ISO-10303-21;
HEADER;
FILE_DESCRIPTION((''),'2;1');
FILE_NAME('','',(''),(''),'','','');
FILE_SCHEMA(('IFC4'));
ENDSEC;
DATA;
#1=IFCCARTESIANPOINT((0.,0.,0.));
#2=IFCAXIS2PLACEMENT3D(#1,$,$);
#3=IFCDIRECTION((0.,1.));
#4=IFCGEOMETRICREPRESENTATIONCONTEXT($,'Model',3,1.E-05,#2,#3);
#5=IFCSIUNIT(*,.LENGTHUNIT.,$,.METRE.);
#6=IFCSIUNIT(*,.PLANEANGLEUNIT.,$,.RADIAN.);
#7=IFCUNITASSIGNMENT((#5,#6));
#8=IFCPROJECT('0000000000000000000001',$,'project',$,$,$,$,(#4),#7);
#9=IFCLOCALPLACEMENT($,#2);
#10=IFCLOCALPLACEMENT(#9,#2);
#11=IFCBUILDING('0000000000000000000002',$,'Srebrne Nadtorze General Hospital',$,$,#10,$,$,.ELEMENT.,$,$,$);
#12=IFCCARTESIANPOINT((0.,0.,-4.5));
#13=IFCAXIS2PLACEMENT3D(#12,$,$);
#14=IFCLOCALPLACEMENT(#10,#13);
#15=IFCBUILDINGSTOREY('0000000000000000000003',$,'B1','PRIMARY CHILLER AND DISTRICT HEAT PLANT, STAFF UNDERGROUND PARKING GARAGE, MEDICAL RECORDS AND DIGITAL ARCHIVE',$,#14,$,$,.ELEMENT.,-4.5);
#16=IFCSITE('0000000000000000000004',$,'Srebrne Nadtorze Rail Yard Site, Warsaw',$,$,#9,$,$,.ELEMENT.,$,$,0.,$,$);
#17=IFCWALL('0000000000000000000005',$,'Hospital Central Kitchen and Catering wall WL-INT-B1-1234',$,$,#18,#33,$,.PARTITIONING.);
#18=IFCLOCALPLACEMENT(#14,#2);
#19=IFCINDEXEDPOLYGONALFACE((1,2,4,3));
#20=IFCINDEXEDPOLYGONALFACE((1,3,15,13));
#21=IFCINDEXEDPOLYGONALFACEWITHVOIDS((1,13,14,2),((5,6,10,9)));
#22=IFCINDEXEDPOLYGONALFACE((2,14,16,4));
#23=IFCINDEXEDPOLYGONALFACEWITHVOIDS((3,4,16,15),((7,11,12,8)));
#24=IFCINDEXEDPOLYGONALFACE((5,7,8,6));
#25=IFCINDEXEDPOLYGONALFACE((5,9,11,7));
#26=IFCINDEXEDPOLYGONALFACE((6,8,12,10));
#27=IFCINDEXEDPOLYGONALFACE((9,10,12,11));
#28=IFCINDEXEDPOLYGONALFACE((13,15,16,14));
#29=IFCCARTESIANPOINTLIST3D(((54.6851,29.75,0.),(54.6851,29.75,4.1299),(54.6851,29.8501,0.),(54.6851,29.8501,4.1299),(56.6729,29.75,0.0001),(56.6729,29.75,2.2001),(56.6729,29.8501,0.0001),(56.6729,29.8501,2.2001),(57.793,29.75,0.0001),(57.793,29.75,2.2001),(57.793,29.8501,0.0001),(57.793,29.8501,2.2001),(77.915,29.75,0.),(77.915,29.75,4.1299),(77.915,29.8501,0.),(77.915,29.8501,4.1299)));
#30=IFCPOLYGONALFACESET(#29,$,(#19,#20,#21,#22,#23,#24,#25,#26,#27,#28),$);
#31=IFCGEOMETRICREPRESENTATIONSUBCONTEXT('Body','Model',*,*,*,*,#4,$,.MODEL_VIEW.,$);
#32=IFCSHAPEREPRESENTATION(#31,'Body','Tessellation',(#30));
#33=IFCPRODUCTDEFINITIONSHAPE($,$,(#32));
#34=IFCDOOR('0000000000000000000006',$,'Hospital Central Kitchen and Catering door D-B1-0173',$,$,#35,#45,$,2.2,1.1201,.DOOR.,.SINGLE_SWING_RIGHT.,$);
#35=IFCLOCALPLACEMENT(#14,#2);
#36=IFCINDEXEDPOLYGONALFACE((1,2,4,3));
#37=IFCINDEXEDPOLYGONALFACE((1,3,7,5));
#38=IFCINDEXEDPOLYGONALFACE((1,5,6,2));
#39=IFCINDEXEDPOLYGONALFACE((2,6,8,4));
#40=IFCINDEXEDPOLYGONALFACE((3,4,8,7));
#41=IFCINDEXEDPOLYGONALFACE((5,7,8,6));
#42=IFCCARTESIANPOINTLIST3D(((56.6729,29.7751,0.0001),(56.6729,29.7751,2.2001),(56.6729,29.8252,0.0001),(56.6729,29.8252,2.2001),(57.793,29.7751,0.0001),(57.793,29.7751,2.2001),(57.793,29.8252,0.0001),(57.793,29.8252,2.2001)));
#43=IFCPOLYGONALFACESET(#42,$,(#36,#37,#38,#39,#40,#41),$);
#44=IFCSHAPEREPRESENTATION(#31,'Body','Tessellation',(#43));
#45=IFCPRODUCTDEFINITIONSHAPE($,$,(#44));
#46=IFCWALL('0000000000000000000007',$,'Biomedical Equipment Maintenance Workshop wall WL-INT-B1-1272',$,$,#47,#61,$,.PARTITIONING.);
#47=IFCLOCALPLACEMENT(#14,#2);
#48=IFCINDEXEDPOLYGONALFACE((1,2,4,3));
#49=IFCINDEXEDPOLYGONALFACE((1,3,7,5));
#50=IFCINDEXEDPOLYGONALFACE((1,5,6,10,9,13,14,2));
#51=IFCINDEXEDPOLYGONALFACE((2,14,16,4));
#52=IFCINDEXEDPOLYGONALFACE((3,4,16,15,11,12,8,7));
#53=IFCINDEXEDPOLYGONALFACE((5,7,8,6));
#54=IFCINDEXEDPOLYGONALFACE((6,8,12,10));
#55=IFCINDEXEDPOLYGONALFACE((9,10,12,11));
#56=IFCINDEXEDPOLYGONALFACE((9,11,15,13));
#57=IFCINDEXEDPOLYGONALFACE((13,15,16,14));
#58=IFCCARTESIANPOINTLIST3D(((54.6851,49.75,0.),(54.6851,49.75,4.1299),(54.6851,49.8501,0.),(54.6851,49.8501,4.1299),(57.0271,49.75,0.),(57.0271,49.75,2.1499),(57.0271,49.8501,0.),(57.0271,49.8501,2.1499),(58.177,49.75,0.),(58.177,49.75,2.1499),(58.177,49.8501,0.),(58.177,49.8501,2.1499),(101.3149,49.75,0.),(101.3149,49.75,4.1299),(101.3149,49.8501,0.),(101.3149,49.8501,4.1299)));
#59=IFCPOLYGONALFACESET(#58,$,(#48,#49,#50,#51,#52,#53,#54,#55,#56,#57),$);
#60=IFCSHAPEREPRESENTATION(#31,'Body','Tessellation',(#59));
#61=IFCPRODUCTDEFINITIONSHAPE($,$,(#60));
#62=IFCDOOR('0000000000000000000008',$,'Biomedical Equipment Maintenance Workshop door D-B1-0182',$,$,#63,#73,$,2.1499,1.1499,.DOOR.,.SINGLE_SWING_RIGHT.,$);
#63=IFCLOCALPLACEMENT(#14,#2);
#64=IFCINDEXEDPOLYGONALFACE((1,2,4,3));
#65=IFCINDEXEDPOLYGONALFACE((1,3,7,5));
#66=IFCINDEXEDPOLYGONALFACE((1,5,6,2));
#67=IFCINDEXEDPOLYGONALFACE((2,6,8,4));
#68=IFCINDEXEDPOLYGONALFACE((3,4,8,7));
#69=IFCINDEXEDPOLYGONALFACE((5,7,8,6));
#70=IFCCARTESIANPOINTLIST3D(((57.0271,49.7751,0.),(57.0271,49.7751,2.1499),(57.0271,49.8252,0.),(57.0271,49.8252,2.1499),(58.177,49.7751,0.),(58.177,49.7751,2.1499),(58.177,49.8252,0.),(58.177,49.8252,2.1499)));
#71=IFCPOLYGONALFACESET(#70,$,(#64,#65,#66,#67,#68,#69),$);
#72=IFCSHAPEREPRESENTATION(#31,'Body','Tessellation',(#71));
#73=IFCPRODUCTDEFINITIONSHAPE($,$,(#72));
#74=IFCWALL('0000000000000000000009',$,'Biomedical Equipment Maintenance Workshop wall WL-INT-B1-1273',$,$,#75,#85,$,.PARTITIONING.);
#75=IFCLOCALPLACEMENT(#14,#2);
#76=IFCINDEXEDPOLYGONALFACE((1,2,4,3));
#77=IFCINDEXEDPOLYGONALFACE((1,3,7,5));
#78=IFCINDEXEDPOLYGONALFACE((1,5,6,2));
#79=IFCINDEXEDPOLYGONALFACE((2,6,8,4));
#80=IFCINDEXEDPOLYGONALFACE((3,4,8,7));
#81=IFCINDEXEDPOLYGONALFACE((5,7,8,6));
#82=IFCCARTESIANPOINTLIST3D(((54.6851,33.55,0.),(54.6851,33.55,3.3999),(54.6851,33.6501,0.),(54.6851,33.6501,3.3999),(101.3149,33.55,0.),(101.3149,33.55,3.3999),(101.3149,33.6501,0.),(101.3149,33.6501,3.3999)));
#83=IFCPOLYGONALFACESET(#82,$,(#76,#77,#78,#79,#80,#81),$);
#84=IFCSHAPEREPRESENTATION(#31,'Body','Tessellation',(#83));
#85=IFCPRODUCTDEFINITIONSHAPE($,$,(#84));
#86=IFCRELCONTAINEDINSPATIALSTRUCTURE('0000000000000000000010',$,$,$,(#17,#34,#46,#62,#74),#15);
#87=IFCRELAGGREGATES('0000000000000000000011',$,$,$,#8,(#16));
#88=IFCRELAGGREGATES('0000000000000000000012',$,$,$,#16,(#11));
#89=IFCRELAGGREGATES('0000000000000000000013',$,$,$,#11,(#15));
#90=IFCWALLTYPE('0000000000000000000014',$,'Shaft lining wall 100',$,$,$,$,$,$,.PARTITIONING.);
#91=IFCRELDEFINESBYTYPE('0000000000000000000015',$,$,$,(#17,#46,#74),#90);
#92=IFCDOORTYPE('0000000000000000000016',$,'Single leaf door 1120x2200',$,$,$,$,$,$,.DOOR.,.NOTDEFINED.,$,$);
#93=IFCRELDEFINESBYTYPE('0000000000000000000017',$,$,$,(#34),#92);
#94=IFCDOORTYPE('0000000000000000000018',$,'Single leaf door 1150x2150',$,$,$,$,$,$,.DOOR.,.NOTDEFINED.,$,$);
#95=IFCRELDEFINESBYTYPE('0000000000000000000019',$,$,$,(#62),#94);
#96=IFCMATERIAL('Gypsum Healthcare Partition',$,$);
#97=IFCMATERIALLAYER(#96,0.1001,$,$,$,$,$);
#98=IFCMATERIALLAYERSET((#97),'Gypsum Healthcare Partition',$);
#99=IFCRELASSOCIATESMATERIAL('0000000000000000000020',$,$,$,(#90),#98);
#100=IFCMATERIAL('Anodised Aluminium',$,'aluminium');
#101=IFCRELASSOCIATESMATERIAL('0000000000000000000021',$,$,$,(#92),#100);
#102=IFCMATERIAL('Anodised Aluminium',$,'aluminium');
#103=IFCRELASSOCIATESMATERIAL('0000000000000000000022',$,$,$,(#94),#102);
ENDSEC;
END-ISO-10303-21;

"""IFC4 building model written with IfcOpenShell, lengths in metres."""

from ifc_helpers import new_model, si_unit, direction, frame, frame_2d, origin, place, context, subcontext, project, spatial, rectangle, extrude, material, layer, layer_set, type_object, element, fill, save


model = new_model("IFC4")

# Units and contexts
model_context = context("Model", 3, precision=1e-05, world=origin(), true_north=direction((0.0, 1.0)))
body_context = subcontext(model_context, "Body", "Model", "MODEL_VIEW")
ifc_project = project(units=[si_unit("LENGTHUNIT", "METRE"), si_unit("PLANEANGLEUNIT", "RADIAN")], contexts=[model_context])

# Site, building, storey
site_placement = place(None, origin())
site = spatial("IfcSite", under=ifc_project, at=site_placement, Name="Srebrne Nadtorze Rail Yard Site, Warsaw", CompositionType="ELEMENT", RefElevation=0.0)
building_placement = place(site_placement, origin())
building = spatial("IfcBuilding", under=site, at=building_placement, Name="Srebrne Nadtorze General Hospital", CompositionType="ELEMENT")
storey_placement = place(building_placement, frame((0.0, 0.0, -4.5)))
storey = spatial("IfcBuildingStorey", under=building, at=storey_placement, Name="B1", Description="PRIMARY CHILLER AND DISTRICT HEAT PLANT, STAFF UNDERGROUND PARKING GARAGE, MEDICAL RECORDS AND DIGITAL ARCHIVE", CompositionType="ELEMENT", Elevation=-4.5)

# Walls, openings, doors
ifc_material_1 = material(Name="Gypsum Healthcare Partition")
ifc_layer_1 = layer(ifc_material_1, 0.1001)
ifc_layer_set_1 = layer_set([ifc_layer_1], Name="Gypsum Healthcare Partition")
wall_type_1 = type_object("IfcWallType", Name="Shaft lining wall 100", PredefinedType="PARTITIONING", material=ifc_layer_set_1)
wall_1_placement = place(storey_placement, frame((54.6851, 29.8, 0.0), z_axis=(0.0, 0.0, 1.0), x_axis=(1.0, 0.0, 0.0)))
wall_1 = element("IfcWall", 1, at=wall_1_placement, inside=storey, type_object=wall_type_1, Name="Hospital Central Kitchen and Catering wall WL-INT-B1-1234", PredefinedType="PARTITIONING", context=body_context, shape_type="SweptSolid", body=[
    extrude(rectangle(XDim=23.23, YDim=0.1001, at=frame_2d((11.615, 0.0))), origin(), (0.0, 0.0, 1.0), 4.1299),
])
opening_1_placement = place(wall_1_placement, frame((1.9878, 0.0, 0.0)))
opening_1 = element("IfcOpeningElement", 2, at=opening_1_placement, cuts=wall_1, PredefinedType="OPENING", context=body_context, shape_type="SweptSolid", body=[
    extrude(rectangle(XDim=1.1201, YDim=2.2, at=frame_2d((0.5601, 1.1001))), frame((0.0, 0.062, 0.0), z_axis=(0.0, -1.0, 0.0), x_axis=(1.0, 0.0, 0.0)), (0.0, 0.0, 1.0), 0.124),
])
ifc_material_2 = material(Name="Anodised Aluminium", Category="aluminium")
door_type_1 = type_object("IfcDoorType", Name="Single leaf door 1120x2200", OperationType="NOTDEFINED", PredefinedType="DOOR", material=ifc_material_2)
door_1_placement = place(opening_1_placement, frame((1.1201, 0.0, 0.0), z_axis=(0.0, 0.0, 1.0), x_axis=(-1.0, 0.0, 0.0)))
door_1 = element("IfcDoor", 3, at=door_1_placement, inside=storey, type_object=door_type_1, Name="Hospital Central Kitchen and Catering door D-B1-0173", OperationType="SINGLE_SWING_RIGHT", OverallHeight=2.2, OverallWidth=1.1201, PredefinedType="DOOR", context=body_context, shape_type="SweptSolid", body=[
    extrude(rectangle(XDim=1.1201, YDim=2.2, at=frame_2d((0.5601, 1.1001))), frame((0.0, 0.0249, 0.0), z_axis=(0.0, -1.0, 0.0), x_axis=(1.0, 0.0, 0.0)), (0.0, 0.0, 1.0), 0.05),
])
fill(opening_1, door_1)
wall_2_placement = place(storey_placement, frame((54.6851, 49.8, 0.0), z_axis=(0.0, 0.0, 1.0), x_axis=(1.0, 0.0, 0.0)))
wall_2 = element("IfcWall", 4, at=wall_2_placement, inside=storey, type_object=wall_type_1, Name="Biomedical Equipment Maintenance Workshop wall WL-INT-B1-1272", PredefinedType="PARTITIONING", context=body_context, shape_type="SweptSolid", body=[
    extrude(rectangle(XDim=46.6299, YDim=0.1001, at=frame_2d((23.3149, 0.0))), origin(), (0.0, 0.0, 1.0), 4.1299),
])
opening_2_placement = place(wall_2_placement, frame((2.342, 0.0, 0.0)))
opening_2 = element("IfcOpeningElement", 5, at=opening_2_placement, cuts=wall_2, PredefinedType="OPENING", context=body_context, shape_type="SweptSolid", body=[
    extrude(rectangle(XDim=1.1499, YDim=2.1499, at=frame_2d((0.575, 1.075))), frame((0.0, 0.062, 0.0), z_axis=(0.0, -1.0, 0.0), x_axis=(1.0, 0.0, 0.0)), (0.0, 0.0, 1.0), 0.124),
])
ifc_material_3 = material(Name="Anodised Aluminium", Category="aluminium")
door_type_2 = type_object("IfcDoorType", Name="Single leaf door 1150x2150", OperationType="NOTDEFINED", PredefinedType="DOOR", material=ifc_material_3)
door_2_placement = place(opening_2_placement, frame((1.1499, 0.0, 0.0), z_axis=(0.0, 0.0, 1.0), x_axis=(-1.0, 0.0, 0.0)))
door_2 = element("IfcDoor", 6, at=door_2_placement, inside=storey, type_object=door_type_2, Name="Biomedical Equipment Maintenance Workshop door D-B1-0182", OperationType="SINGLE_SWING_RIGHT", OverallHeight=2.1499, OverallWidth=1.1499, PredefinedType="DOOR", context=body_context, shape_type="SweptSolid", body=[
    extrude(rectangle(XDim=1.1499, YDim=2.1499, at=frame_2d((0.575, 1.075))), frame((0.0, 0.0249, 0.0), z_axis=(0.0, -1.0, 0.0), x_axis=(1.0, 0.0, 0.0)), (0.0, 0.0, 1.0), 0.05),
])
fill(opening_2, door_2)

# Wall
wall_3_placement = place(storey_placement, frame((54.6851, 33.6001, 0.0), z_axis=(0.0, 0.0, 1.0), x_axis=(1.0, 0.0, 0.0)))
element("IfcWall", 7, at=wall_3_placement, inside=storey, type_object=wall_type_1, Name="Biomedical Equipment Maintenance Workshop wall WL-INT-B1-1273", PredefinedType="PARTITIONING", context=body_context, shape_type="SweptSolid", body=[
    extrude(rectangle(XDim=46.6299, YDim=0.1001, at=frame_2d((23.3149, 0.0))), origin(), (0.0, 0.0, 1.0), 3.3999),
])

save(model, "model.ifc")
